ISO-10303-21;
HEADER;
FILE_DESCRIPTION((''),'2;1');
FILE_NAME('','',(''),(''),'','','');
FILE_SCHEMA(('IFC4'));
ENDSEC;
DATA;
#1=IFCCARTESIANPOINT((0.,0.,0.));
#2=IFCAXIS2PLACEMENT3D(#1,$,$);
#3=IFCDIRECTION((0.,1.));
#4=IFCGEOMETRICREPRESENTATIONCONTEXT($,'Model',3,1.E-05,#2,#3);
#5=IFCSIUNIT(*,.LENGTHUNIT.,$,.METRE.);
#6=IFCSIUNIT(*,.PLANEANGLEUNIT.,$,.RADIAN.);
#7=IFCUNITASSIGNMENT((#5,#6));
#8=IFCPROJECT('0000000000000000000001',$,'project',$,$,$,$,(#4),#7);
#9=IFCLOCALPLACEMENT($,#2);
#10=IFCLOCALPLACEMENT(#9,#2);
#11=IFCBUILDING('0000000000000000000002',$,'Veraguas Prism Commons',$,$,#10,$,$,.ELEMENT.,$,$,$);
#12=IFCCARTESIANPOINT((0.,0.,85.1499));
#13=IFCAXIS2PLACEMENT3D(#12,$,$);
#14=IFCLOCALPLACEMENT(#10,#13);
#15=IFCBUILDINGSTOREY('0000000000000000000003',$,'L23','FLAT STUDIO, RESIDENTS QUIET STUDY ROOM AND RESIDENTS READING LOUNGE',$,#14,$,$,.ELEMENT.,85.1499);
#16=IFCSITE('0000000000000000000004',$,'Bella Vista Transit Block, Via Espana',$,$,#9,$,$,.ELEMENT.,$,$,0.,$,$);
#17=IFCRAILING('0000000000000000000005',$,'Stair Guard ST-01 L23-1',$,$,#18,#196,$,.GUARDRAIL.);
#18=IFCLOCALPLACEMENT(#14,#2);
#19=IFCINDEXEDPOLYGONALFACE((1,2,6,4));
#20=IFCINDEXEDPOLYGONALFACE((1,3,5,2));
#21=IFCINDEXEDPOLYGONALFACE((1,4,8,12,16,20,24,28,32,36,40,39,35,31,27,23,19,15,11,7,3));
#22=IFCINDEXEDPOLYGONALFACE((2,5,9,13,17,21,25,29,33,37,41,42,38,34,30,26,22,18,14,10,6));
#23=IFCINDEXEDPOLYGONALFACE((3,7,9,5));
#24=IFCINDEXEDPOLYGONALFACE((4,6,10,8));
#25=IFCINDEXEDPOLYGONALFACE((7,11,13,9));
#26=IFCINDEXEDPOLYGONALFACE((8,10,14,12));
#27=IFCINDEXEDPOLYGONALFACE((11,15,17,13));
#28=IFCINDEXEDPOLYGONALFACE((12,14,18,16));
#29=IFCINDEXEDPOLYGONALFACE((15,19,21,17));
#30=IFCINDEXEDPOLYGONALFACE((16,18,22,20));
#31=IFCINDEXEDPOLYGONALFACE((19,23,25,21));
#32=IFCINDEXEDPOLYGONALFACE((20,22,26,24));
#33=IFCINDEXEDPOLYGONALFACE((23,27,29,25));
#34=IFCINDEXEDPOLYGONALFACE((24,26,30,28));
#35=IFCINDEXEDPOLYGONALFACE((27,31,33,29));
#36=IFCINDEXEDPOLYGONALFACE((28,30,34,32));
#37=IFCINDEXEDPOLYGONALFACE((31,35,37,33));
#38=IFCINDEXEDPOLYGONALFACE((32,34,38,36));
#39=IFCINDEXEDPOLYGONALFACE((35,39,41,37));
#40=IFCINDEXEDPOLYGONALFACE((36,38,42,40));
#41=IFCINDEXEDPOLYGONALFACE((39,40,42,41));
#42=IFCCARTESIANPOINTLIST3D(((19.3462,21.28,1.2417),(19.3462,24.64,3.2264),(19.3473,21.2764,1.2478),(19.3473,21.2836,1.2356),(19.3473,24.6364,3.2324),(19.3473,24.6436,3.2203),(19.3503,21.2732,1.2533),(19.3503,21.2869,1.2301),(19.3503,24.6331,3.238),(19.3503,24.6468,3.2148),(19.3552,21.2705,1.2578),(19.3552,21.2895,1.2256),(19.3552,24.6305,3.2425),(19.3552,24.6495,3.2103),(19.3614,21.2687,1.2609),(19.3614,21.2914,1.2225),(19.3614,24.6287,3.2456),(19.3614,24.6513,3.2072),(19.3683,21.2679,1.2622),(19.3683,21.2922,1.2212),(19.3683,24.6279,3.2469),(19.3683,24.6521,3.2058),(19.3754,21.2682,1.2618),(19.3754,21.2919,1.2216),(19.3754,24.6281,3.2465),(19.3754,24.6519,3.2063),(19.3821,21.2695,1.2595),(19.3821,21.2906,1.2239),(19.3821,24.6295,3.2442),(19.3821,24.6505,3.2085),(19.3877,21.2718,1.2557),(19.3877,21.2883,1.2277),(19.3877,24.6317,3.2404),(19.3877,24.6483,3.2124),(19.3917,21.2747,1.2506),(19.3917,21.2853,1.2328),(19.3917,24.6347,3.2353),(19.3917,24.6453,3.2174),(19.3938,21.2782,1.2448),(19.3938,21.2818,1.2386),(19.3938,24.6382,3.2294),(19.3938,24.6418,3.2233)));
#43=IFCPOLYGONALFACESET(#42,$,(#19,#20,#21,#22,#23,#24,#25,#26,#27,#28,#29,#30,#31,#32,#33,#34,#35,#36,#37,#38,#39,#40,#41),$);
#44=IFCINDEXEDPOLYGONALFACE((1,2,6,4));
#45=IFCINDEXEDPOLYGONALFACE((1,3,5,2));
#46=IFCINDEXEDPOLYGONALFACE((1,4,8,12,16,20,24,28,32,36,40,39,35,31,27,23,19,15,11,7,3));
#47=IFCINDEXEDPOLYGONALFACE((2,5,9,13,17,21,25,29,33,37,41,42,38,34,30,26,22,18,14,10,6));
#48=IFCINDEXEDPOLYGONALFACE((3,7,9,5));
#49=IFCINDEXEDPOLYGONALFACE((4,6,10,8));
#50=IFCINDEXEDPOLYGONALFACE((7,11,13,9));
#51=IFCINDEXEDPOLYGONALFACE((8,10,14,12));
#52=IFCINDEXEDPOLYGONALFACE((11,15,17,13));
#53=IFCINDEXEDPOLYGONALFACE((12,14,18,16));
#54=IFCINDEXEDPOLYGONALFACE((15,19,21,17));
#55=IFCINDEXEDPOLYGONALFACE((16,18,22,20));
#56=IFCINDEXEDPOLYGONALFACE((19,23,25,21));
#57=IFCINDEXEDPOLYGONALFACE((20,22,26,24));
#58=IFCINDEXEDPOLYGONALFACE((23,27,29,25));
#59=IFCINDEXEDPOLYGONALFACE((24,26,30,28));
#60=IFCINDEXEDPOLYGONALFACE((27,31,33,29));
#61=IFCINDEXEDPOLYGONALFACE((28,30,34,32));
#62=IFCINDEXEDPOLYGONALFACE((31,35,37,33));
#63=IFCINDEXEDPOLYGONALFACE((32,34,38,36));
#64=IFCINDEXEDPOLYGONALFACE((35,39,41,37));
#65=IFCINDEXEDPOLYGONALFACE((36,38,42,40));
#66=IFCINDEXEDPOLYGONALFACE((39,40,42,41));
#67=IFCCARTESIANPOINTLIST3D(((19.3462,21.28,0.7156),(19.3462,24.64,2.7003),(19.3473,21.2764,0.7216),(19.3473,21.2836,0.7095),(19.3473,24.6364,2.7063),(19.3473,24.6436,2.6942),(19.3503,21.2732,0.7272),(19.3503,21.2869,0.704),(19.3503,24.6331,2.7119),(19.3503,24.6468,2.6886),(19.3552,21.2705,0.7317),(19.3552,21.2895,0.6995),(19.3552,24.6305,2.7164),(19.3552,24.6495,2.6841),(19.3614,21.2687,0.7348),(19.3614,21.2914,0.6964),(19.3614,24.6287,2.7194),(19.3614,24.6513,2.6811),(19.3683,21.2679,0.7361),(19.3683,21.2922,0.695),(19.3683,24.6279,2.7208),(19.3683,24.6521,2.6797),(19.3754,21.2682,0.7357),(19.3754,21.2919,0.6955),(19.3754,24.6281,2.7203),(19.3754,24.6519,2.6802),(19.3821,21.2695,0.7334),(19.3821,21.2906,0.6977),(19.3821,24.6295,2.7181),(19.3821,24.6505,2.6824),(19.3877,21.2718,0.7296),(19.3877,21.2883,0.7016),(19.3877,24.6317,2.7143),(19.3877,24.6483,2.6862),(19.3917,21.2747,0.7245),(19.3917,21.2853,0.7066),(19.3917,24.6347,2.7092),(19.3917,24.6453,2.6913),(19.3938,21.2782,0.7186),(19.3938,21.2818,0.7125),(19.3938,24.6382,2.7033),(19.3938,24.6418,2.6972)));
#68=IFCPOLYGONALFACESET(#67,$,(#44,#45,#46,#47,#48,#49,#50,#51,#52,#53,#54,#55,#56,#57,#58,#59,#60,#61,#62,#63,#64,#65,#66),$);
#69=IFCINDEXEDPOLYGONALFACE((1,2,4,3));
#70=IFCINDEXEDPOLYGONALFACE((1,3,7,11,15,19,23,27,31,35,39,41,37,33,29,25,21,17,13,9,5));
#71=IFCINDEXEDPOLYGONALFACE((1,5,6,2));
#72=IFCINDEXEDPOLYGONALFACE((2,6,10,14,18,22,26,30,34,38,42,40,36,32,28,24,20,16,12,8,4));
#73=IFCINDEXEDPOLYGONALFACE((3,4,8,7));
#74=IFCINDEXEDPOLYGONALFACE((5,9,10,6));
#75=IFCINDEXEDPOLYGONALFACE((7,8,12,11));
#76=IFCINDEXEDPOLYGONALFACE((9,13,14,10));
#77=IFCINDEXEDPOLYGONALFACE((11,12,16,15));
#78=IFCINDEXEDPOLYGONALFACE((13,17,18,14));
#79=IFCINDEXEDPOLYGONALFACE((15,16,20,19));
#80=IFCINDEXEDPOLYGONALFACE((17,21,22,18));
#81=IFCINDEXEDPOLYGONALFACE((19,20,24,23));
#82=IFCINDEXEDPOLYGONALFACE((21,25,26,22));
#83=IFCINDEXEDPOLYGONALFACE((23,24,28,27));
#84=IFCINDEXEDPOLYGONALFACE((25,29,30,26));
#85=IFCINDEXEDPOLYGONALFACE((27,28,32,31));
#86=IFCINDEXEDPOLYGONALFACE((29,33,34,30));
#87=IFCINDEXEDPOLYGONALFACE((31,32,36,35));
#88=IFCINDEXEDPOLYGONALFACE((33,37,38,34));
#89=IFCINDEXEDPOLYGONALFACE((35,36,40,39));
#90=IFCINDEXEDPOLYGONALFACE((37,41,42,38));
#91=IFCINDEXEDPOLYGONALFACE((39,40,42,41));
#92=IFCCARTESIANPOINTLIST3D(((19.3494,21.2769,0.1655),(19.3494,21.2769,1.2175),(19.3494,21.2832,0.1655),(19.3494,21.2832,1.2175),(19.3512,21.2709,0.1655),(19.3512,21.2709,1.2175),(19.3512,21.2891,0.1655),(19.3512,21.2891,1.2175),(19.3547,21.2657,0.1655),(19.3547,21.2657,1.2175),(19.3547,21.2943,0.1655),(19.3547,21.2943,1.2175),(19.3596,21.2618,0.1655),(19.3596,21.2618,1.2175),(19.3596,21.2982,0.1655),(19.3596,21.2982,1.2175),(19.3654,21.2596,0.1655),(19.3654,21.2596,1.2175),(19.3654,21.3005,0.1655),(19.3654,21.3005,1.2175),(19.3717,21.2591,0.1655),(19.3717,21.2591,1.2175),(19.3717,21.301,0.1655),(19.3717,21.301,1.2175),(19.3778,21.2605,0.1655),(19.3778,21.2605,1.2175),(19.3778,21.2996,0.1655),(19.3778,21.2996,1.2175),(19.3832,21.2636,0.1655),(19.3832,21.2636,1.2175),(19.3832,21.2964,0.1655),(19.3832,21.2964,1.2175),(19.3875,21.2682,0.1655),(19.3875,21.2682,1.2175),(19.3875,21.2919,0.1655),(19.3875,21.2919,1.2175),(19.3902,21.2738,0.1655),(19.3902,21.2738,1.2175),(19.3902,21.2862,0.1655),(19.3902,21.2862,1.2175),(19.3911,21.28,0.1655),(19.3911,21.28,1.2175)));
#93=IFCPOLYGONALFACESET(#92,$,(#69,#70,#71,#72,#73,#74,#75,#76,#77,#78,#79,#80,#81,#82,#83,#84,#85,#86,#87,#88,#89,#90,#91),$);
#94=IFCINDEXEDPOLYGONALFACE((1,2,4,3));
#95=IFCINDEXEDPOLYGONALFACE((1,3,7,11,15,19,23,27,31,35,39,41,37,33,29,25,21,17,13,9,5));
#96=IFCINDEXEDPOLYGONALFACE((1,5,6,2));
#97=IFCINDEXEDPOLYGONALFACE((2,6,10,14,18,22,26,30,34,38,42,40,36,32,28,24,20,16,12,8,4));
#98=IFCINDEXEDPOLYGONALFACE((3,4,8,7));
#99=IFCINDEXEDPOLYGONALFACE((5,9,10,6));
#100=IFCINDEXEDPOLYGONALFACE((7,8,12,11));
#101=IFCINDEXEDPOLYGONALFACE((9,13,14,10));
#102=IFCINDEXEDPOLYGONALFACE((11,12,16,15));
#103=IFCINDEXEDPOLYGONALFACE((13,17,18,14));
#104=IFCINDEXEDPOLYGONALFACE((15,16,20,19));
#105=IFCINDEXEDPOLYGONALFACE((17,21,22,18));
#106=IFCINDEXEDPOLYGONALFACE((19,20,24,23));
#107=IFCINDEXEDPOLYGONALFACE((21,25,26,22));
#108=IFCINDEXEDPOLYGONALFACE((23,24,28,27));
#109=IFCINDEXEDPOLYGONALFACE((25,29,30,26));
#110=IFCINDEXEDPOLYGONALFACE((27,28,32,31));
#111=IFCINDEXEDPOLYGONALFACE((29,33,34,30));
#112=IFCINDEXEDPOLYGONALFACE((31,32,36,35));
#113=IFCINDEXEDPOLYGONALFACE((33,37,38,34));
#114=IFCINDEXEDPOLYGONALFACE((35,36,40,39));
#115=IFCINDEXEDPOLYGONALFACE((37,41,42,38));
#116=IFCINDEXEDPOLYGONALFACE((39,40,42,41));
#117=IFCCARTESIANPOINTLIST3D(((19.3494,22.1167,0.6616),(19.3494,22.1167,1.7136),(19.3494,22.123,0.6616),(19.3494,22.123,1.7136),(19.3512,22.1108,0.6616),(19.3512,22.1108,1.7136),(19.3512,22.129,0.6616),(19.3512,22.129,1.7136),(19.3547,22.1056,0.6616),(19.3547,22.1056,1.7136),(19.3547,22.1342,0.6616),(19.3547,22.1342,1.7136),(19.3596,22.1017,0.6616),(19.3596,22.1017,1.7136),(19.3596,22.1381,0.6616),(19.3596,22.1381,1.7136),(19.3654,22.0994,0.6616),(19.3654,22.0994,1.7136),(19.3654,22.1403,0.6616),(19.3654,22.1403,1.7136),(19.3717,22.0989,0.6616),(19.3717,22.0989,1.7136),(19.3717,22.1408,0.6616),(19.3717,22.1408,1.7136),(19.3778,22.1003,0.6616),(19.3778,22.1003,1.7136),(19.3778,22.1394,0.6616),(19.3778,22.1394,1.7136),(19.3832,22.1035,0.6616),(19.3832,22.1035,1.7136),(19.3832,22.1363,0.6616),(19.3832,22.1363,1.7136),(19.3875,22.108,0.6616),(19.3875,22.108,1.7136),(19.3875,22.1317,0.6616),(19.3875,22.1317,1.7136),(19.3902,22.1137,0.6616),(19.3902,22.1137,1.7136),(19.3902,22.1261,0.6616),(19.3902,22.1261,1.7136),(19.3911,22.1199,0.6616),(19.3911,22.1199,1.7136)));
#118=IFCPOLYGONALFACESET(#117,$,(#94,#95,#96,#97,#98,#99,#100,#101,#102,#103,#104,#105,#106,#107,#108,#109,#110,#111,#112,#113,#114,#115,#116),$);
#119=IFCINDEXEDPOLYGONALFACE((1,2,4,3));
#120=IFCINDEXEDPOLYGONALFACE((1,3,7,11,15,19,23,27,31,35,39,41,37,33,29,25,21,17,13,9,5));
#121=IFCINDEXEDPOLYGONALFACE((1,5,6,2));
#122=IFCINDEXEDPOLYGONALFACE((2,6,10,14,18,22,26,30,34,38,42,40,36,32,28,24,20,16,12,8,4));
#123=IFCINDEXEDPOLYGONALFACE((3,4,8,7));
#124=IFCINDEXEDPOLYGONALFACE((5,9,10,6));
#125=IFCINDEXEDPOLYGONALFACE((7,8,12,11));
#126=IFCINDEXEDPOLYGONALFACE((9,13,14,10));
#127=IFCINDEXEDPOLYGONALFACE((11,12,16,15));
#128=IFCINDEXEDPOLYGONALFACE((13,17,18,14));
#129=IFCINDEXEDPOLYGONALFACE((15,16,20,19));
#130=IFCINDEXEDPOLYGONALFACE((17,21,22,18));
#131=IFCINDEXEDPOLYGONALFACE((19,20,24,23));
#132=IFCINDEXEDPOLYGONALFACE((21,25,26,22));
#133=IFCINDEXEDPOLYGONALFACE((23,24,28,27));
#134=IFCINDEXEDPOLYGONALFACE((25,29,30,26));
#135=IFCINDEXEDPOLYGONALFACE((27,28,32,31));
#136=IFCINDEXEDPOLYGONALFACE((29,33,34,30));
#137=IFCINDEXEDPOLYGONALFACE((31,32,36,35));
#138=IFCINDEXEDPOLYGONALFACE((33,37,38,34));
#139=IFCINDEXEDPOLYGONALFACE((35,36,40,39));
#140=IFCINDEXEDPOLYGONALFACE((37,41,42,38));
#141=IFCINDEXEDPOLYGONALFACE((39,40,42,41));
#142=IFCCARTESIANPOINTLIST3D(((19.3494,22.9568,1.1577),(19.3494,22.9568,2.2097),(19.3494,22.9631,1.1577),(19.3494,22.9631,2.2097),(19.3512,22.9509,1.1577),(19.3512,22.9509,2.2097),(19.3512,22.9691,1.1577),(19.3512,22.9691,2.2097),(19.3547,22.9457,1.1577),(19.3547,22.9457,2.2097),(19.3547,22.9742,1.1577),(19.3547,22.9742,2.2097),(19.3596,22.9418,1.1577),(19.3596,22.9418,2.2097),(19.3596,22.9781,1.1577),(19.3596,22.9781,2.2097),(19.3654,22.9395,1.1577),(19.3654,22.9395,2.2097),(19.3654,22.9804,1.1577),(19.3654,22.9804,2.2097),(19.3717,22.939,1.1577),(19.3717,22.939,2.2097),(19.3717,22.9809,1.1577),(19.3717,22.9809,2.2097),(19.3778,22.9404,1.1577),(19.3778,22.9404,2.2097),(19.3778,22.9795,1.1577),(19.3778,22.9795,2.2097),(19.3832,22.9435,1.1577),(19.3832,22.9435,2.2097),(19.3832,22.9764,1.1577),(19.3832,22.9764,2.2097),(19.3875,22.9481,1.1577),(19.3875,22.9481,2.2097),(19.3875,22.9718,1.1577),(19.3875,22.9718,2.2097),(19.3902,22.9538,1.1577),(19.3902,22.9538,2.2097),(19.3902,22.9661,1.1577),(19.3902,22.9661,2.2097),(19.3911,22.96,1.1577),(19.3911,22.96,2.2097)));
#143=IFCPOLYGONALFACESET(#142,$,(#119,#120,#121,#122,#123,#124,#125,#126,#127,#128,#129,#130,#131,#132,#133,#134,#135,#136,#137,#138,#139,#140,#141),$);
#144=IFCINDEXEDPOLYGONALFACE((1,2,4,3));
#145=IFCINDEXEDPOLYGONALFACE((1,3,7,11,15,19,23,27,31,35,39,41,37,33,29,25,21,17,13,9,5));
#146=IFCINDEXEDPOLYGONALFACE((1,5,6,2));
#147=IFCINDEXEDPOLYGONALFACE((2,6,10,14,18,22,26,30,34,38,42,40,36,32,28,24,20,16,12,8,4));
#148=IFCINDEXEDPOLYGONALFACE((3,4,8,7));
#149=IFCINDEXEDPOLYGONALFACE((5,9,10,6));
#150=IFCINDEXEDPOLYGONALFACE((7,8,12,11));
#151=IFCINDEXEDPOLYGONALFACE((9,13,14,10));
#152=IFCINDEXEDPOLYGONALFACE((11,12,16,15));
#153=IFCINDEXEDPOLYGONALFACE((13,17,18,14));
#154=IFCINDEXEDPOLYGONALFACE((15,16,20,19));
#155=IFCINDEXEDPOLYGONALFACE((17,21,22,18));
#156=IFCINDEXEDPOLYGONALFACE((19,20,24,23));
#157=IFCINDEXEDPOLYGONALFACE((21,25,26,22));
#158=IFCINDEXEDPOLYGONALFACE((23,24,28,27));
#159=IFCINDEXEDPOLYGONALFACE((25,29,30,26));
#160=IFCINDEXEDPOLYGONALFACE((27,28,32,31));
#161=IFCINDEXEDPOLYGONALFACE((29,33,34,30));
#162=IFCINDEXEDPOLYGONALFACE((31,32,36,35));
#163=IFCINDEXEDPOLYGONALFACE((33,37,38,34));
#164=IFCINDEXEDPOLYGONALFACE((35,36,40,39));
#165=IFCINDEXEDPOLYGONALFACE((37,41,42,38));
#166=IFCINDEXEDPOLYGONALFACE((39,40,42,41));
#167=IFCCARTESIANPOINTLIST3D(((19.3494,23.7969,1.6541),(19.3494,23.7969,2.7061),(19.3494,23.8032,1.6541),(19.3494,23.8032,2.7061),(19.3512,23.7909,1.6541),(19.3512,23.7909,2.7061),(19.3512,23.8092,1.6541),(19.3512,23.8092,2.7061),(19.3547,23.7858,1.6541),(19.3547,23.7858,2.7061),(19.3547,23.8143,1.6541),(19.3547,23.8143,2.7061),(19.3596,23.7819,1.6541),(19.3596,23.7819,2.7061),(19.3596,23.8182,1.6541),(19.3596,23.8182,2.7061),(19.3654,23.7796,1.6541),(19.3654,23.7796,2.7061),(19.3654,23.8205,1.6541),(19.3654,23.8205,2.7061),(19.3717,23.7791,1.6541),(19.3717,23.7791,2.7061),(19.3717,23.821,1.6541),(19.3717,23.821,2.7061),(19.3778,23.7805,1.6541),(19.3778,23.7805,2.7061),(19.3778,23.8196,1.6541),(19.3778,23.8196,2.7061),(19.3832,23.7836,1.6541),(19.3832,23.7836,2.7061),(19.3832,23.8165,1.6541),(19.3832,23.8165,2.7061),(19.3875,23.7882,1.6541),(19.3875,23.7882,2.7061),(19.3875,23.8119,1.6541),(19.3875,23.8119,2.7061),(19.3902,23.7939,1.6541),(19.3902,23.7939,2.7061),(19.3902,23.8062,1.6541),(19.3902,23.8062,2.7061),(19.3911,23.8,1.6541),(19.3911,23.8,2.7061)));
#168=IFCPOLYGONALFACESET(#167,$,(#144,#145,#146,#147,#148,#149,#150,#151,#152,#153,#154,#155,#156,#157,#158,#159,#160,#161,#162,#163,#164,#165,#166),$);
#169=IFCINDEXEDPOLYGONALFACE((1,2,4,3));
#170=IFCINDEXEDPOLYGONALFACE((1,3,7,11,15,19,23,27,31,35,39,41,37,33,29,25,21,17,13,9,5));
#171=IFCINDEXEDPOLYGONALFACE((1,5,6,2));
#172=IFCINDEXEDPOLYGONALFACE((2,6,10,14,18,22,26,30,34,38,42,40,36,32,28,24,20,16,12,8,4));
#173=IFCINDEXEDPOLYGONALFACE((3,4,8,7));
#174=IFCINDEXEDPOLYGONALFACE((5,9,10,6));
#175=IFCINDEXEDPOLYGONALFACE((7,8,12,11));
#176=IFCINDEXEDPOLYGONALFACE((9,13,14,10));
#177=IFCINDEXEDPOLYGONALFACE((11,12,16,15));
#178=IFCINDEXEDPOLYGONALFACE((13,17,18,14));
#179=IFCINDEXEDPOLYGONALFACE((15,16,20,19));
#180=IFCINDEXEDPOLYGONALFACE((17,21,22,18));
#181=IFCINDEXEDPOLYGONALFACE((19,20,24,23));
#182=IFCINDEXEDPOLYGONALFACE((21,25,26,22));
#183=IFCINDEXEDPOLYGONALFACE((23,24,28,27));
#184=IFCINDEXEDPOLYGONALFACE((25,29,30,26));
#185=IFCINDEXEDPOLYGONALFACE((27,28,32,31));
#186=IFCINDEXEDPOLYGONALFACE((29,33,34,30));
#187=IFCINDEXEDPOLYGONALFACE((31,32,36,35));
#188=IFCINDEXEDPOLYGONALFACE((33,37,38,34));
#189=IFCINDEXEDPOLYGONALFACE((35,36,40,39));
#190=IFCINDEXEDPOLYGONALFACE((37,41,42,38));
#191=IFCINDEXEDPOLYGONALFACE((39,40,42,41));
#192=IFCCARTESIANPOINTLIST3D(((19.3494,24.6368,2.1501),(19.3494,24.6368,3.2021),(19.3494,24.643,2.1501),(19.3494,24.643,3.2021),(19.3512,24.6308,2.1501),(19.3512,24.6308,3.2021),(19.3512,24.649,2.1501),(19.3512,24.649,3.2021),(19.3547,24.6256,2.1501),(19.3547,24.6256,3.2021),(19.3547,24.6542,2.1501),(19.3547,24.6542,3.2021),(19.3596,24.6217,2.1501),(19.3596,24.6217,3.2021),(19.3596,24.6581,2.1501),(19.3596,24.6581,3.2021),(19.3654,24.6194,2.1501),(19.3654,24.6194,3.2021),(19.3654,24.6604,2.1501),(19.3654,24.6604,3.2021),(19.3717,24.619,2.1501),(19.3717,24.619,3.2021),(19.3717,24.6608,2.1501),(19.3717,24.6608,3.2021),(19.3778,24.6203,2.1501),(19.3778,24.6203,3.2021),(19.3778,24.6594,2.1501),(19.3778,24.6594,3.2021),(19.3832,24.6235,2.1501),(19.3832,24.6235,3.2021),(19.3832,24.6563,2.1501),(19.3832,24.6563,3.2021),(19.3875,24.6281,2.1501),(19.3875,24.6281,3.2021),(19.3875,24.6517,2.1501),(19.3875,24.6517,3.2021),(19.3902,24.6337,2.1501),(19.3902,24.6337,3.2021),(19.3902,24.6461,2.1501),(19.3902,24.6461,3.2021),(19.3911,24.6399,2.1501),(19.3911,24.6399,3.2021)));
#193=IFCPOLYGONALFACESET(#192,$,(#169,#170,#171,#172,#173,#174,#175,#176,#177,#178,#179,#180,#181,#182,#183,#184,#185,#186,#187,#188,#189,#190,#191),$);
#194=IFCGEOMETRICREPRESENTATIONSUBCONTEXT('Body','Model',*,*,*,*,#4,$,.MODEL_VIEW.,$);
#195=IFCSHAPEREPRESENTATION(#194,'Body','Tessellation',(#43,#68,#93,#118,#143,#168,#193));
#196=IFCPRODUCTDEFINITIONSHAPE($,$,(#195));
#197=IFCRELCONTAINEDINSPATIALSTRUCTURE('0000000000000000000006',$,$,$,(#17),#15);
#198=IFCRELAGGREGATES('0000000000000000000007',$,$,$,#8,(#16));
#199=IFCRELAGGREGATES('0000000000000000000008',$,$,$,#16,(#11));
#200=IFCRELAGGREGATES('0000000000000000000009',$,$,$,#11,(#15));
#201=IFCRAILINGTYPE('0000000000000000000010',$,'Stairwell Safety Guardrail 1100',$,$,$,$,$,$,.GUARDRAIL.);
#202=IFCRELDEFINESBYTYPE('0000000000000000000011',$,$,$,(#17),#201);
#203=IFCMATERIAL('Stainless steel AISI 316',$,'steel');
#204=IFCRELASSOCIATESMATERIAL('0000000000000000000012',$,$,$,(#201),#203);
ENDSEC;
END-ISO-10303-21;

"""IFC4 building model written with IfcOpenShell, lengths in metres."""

from ifc_helpers import new_model, si_unit, direction, frame, origin, origin_2d, place, context, subcontext, project, spatial, circle, extrude, material, type_object, element, save


model = new_model("IFC4")

# Units and contexts
model_context = context("Model", 3, precision=1e-05, world=origin(), true_north=direction((0.0, 1.0)))
body_context = subcontext(model_context, "Body", "Model", "MODEL_VIEW")
ifc_project = project(units=[si_unit("LENGTHUNIT", "METRE"), si_unit("PLANEANGLEUNIT", "RADIAN")], contexts=[model_context])

# Site, building, storey
site_placement = place(None, origin())
site = spatial("IfcSite", under=ifc_project, at=site_placement, Name="Bella Vista Transit Block, Via Espana", CompositionType="ELEMENT", RefElevation=0.0)
building_placement = place(site_placement, origin())
building = spatial("IfcBuilding", under=site, at=building_placement, Name="Veraguas Prism Commons", CompositionType="ELEMENT")
storey_placement = place(building_placement, frame((0.0, 0.0, 85.1499)))
storey = spatial("IfcBuildingStorey", under=building, at=storey_placement, Name="L23", Description="FLAT STUDIO, RESIDENTS QUIET STUDY ROOM AND RESIDENTS READING LOUNGE", CompositionType="ELEMENT", Elevation=85.1499)

# Shared definitions
ifc_material_1 = material(Name="Stainless steel AISI 316", Category="steel")

# Railing
railing_type_1 = type_object("IfcRailingType", Name="Stairwell Safety Guardrail 1100", PredefinedType="GUARDRAIL", material=ifc_material_1)
railing_1_placement = place(storey_placement, frame((19.3701, 21.28, 0.1655)))
element("IfcRailing", 1, at=railing_1_placement, inside=storey, type_object=railing_type_1, Name="Stair Guard ST-01 L23-1", PredefinedType="GUARDRAIL", context=body_context, shape_type="SweptSolid", body=[
    extrude(circle(Radius=0.0239, at=origin_2d()), frame((0.0, 0.0, 1.0762), z_axis=(0.0, 0.861011, 0.508586), x_axis=(-1.0, 0.0, 0.0)), (0.0, 0.0, 1.0), 3.9023),
    extrude(circle(Radius=0.0239, at=origin_2d()), frame((0.0, 0.0, 0.55), z_axis=(0.0, 0.861011, 0.508586), x_axis=(-1.0, 0.0, 0.0)), (0.0, 0.0, 1.0), 3.9023),
    extrude(circle(Radius=0.021, at=origin_2d()), origin(), (0.0, 0.0, 1.0), 1.052),
    extrude(circle(Radius=0.021, at=origin_2d()), frame((0.0, 0.8398, 0.4961)), (0.0, 0.0, 1.0), 1.052),
    extrude(circle(Radius=0.021, at=origin_2d()), frame((0.0, 1.6799, 0.9922)), (0.0, 0.0, 1.0), 1.052),
    extrude(circle(Radius=0.021, at=origin_2d()), frame((0.0, 2.52, 1.4885)), (0.0, 0.0, 1.0), 1.052),
    extrude(circle(Radius=0.021, at=origin_2d()), frame((0.0, 3.3599, 1.9846)), (0.0, 0.0, 1.0), 1.052),
])

save(model, "model.ifc")
